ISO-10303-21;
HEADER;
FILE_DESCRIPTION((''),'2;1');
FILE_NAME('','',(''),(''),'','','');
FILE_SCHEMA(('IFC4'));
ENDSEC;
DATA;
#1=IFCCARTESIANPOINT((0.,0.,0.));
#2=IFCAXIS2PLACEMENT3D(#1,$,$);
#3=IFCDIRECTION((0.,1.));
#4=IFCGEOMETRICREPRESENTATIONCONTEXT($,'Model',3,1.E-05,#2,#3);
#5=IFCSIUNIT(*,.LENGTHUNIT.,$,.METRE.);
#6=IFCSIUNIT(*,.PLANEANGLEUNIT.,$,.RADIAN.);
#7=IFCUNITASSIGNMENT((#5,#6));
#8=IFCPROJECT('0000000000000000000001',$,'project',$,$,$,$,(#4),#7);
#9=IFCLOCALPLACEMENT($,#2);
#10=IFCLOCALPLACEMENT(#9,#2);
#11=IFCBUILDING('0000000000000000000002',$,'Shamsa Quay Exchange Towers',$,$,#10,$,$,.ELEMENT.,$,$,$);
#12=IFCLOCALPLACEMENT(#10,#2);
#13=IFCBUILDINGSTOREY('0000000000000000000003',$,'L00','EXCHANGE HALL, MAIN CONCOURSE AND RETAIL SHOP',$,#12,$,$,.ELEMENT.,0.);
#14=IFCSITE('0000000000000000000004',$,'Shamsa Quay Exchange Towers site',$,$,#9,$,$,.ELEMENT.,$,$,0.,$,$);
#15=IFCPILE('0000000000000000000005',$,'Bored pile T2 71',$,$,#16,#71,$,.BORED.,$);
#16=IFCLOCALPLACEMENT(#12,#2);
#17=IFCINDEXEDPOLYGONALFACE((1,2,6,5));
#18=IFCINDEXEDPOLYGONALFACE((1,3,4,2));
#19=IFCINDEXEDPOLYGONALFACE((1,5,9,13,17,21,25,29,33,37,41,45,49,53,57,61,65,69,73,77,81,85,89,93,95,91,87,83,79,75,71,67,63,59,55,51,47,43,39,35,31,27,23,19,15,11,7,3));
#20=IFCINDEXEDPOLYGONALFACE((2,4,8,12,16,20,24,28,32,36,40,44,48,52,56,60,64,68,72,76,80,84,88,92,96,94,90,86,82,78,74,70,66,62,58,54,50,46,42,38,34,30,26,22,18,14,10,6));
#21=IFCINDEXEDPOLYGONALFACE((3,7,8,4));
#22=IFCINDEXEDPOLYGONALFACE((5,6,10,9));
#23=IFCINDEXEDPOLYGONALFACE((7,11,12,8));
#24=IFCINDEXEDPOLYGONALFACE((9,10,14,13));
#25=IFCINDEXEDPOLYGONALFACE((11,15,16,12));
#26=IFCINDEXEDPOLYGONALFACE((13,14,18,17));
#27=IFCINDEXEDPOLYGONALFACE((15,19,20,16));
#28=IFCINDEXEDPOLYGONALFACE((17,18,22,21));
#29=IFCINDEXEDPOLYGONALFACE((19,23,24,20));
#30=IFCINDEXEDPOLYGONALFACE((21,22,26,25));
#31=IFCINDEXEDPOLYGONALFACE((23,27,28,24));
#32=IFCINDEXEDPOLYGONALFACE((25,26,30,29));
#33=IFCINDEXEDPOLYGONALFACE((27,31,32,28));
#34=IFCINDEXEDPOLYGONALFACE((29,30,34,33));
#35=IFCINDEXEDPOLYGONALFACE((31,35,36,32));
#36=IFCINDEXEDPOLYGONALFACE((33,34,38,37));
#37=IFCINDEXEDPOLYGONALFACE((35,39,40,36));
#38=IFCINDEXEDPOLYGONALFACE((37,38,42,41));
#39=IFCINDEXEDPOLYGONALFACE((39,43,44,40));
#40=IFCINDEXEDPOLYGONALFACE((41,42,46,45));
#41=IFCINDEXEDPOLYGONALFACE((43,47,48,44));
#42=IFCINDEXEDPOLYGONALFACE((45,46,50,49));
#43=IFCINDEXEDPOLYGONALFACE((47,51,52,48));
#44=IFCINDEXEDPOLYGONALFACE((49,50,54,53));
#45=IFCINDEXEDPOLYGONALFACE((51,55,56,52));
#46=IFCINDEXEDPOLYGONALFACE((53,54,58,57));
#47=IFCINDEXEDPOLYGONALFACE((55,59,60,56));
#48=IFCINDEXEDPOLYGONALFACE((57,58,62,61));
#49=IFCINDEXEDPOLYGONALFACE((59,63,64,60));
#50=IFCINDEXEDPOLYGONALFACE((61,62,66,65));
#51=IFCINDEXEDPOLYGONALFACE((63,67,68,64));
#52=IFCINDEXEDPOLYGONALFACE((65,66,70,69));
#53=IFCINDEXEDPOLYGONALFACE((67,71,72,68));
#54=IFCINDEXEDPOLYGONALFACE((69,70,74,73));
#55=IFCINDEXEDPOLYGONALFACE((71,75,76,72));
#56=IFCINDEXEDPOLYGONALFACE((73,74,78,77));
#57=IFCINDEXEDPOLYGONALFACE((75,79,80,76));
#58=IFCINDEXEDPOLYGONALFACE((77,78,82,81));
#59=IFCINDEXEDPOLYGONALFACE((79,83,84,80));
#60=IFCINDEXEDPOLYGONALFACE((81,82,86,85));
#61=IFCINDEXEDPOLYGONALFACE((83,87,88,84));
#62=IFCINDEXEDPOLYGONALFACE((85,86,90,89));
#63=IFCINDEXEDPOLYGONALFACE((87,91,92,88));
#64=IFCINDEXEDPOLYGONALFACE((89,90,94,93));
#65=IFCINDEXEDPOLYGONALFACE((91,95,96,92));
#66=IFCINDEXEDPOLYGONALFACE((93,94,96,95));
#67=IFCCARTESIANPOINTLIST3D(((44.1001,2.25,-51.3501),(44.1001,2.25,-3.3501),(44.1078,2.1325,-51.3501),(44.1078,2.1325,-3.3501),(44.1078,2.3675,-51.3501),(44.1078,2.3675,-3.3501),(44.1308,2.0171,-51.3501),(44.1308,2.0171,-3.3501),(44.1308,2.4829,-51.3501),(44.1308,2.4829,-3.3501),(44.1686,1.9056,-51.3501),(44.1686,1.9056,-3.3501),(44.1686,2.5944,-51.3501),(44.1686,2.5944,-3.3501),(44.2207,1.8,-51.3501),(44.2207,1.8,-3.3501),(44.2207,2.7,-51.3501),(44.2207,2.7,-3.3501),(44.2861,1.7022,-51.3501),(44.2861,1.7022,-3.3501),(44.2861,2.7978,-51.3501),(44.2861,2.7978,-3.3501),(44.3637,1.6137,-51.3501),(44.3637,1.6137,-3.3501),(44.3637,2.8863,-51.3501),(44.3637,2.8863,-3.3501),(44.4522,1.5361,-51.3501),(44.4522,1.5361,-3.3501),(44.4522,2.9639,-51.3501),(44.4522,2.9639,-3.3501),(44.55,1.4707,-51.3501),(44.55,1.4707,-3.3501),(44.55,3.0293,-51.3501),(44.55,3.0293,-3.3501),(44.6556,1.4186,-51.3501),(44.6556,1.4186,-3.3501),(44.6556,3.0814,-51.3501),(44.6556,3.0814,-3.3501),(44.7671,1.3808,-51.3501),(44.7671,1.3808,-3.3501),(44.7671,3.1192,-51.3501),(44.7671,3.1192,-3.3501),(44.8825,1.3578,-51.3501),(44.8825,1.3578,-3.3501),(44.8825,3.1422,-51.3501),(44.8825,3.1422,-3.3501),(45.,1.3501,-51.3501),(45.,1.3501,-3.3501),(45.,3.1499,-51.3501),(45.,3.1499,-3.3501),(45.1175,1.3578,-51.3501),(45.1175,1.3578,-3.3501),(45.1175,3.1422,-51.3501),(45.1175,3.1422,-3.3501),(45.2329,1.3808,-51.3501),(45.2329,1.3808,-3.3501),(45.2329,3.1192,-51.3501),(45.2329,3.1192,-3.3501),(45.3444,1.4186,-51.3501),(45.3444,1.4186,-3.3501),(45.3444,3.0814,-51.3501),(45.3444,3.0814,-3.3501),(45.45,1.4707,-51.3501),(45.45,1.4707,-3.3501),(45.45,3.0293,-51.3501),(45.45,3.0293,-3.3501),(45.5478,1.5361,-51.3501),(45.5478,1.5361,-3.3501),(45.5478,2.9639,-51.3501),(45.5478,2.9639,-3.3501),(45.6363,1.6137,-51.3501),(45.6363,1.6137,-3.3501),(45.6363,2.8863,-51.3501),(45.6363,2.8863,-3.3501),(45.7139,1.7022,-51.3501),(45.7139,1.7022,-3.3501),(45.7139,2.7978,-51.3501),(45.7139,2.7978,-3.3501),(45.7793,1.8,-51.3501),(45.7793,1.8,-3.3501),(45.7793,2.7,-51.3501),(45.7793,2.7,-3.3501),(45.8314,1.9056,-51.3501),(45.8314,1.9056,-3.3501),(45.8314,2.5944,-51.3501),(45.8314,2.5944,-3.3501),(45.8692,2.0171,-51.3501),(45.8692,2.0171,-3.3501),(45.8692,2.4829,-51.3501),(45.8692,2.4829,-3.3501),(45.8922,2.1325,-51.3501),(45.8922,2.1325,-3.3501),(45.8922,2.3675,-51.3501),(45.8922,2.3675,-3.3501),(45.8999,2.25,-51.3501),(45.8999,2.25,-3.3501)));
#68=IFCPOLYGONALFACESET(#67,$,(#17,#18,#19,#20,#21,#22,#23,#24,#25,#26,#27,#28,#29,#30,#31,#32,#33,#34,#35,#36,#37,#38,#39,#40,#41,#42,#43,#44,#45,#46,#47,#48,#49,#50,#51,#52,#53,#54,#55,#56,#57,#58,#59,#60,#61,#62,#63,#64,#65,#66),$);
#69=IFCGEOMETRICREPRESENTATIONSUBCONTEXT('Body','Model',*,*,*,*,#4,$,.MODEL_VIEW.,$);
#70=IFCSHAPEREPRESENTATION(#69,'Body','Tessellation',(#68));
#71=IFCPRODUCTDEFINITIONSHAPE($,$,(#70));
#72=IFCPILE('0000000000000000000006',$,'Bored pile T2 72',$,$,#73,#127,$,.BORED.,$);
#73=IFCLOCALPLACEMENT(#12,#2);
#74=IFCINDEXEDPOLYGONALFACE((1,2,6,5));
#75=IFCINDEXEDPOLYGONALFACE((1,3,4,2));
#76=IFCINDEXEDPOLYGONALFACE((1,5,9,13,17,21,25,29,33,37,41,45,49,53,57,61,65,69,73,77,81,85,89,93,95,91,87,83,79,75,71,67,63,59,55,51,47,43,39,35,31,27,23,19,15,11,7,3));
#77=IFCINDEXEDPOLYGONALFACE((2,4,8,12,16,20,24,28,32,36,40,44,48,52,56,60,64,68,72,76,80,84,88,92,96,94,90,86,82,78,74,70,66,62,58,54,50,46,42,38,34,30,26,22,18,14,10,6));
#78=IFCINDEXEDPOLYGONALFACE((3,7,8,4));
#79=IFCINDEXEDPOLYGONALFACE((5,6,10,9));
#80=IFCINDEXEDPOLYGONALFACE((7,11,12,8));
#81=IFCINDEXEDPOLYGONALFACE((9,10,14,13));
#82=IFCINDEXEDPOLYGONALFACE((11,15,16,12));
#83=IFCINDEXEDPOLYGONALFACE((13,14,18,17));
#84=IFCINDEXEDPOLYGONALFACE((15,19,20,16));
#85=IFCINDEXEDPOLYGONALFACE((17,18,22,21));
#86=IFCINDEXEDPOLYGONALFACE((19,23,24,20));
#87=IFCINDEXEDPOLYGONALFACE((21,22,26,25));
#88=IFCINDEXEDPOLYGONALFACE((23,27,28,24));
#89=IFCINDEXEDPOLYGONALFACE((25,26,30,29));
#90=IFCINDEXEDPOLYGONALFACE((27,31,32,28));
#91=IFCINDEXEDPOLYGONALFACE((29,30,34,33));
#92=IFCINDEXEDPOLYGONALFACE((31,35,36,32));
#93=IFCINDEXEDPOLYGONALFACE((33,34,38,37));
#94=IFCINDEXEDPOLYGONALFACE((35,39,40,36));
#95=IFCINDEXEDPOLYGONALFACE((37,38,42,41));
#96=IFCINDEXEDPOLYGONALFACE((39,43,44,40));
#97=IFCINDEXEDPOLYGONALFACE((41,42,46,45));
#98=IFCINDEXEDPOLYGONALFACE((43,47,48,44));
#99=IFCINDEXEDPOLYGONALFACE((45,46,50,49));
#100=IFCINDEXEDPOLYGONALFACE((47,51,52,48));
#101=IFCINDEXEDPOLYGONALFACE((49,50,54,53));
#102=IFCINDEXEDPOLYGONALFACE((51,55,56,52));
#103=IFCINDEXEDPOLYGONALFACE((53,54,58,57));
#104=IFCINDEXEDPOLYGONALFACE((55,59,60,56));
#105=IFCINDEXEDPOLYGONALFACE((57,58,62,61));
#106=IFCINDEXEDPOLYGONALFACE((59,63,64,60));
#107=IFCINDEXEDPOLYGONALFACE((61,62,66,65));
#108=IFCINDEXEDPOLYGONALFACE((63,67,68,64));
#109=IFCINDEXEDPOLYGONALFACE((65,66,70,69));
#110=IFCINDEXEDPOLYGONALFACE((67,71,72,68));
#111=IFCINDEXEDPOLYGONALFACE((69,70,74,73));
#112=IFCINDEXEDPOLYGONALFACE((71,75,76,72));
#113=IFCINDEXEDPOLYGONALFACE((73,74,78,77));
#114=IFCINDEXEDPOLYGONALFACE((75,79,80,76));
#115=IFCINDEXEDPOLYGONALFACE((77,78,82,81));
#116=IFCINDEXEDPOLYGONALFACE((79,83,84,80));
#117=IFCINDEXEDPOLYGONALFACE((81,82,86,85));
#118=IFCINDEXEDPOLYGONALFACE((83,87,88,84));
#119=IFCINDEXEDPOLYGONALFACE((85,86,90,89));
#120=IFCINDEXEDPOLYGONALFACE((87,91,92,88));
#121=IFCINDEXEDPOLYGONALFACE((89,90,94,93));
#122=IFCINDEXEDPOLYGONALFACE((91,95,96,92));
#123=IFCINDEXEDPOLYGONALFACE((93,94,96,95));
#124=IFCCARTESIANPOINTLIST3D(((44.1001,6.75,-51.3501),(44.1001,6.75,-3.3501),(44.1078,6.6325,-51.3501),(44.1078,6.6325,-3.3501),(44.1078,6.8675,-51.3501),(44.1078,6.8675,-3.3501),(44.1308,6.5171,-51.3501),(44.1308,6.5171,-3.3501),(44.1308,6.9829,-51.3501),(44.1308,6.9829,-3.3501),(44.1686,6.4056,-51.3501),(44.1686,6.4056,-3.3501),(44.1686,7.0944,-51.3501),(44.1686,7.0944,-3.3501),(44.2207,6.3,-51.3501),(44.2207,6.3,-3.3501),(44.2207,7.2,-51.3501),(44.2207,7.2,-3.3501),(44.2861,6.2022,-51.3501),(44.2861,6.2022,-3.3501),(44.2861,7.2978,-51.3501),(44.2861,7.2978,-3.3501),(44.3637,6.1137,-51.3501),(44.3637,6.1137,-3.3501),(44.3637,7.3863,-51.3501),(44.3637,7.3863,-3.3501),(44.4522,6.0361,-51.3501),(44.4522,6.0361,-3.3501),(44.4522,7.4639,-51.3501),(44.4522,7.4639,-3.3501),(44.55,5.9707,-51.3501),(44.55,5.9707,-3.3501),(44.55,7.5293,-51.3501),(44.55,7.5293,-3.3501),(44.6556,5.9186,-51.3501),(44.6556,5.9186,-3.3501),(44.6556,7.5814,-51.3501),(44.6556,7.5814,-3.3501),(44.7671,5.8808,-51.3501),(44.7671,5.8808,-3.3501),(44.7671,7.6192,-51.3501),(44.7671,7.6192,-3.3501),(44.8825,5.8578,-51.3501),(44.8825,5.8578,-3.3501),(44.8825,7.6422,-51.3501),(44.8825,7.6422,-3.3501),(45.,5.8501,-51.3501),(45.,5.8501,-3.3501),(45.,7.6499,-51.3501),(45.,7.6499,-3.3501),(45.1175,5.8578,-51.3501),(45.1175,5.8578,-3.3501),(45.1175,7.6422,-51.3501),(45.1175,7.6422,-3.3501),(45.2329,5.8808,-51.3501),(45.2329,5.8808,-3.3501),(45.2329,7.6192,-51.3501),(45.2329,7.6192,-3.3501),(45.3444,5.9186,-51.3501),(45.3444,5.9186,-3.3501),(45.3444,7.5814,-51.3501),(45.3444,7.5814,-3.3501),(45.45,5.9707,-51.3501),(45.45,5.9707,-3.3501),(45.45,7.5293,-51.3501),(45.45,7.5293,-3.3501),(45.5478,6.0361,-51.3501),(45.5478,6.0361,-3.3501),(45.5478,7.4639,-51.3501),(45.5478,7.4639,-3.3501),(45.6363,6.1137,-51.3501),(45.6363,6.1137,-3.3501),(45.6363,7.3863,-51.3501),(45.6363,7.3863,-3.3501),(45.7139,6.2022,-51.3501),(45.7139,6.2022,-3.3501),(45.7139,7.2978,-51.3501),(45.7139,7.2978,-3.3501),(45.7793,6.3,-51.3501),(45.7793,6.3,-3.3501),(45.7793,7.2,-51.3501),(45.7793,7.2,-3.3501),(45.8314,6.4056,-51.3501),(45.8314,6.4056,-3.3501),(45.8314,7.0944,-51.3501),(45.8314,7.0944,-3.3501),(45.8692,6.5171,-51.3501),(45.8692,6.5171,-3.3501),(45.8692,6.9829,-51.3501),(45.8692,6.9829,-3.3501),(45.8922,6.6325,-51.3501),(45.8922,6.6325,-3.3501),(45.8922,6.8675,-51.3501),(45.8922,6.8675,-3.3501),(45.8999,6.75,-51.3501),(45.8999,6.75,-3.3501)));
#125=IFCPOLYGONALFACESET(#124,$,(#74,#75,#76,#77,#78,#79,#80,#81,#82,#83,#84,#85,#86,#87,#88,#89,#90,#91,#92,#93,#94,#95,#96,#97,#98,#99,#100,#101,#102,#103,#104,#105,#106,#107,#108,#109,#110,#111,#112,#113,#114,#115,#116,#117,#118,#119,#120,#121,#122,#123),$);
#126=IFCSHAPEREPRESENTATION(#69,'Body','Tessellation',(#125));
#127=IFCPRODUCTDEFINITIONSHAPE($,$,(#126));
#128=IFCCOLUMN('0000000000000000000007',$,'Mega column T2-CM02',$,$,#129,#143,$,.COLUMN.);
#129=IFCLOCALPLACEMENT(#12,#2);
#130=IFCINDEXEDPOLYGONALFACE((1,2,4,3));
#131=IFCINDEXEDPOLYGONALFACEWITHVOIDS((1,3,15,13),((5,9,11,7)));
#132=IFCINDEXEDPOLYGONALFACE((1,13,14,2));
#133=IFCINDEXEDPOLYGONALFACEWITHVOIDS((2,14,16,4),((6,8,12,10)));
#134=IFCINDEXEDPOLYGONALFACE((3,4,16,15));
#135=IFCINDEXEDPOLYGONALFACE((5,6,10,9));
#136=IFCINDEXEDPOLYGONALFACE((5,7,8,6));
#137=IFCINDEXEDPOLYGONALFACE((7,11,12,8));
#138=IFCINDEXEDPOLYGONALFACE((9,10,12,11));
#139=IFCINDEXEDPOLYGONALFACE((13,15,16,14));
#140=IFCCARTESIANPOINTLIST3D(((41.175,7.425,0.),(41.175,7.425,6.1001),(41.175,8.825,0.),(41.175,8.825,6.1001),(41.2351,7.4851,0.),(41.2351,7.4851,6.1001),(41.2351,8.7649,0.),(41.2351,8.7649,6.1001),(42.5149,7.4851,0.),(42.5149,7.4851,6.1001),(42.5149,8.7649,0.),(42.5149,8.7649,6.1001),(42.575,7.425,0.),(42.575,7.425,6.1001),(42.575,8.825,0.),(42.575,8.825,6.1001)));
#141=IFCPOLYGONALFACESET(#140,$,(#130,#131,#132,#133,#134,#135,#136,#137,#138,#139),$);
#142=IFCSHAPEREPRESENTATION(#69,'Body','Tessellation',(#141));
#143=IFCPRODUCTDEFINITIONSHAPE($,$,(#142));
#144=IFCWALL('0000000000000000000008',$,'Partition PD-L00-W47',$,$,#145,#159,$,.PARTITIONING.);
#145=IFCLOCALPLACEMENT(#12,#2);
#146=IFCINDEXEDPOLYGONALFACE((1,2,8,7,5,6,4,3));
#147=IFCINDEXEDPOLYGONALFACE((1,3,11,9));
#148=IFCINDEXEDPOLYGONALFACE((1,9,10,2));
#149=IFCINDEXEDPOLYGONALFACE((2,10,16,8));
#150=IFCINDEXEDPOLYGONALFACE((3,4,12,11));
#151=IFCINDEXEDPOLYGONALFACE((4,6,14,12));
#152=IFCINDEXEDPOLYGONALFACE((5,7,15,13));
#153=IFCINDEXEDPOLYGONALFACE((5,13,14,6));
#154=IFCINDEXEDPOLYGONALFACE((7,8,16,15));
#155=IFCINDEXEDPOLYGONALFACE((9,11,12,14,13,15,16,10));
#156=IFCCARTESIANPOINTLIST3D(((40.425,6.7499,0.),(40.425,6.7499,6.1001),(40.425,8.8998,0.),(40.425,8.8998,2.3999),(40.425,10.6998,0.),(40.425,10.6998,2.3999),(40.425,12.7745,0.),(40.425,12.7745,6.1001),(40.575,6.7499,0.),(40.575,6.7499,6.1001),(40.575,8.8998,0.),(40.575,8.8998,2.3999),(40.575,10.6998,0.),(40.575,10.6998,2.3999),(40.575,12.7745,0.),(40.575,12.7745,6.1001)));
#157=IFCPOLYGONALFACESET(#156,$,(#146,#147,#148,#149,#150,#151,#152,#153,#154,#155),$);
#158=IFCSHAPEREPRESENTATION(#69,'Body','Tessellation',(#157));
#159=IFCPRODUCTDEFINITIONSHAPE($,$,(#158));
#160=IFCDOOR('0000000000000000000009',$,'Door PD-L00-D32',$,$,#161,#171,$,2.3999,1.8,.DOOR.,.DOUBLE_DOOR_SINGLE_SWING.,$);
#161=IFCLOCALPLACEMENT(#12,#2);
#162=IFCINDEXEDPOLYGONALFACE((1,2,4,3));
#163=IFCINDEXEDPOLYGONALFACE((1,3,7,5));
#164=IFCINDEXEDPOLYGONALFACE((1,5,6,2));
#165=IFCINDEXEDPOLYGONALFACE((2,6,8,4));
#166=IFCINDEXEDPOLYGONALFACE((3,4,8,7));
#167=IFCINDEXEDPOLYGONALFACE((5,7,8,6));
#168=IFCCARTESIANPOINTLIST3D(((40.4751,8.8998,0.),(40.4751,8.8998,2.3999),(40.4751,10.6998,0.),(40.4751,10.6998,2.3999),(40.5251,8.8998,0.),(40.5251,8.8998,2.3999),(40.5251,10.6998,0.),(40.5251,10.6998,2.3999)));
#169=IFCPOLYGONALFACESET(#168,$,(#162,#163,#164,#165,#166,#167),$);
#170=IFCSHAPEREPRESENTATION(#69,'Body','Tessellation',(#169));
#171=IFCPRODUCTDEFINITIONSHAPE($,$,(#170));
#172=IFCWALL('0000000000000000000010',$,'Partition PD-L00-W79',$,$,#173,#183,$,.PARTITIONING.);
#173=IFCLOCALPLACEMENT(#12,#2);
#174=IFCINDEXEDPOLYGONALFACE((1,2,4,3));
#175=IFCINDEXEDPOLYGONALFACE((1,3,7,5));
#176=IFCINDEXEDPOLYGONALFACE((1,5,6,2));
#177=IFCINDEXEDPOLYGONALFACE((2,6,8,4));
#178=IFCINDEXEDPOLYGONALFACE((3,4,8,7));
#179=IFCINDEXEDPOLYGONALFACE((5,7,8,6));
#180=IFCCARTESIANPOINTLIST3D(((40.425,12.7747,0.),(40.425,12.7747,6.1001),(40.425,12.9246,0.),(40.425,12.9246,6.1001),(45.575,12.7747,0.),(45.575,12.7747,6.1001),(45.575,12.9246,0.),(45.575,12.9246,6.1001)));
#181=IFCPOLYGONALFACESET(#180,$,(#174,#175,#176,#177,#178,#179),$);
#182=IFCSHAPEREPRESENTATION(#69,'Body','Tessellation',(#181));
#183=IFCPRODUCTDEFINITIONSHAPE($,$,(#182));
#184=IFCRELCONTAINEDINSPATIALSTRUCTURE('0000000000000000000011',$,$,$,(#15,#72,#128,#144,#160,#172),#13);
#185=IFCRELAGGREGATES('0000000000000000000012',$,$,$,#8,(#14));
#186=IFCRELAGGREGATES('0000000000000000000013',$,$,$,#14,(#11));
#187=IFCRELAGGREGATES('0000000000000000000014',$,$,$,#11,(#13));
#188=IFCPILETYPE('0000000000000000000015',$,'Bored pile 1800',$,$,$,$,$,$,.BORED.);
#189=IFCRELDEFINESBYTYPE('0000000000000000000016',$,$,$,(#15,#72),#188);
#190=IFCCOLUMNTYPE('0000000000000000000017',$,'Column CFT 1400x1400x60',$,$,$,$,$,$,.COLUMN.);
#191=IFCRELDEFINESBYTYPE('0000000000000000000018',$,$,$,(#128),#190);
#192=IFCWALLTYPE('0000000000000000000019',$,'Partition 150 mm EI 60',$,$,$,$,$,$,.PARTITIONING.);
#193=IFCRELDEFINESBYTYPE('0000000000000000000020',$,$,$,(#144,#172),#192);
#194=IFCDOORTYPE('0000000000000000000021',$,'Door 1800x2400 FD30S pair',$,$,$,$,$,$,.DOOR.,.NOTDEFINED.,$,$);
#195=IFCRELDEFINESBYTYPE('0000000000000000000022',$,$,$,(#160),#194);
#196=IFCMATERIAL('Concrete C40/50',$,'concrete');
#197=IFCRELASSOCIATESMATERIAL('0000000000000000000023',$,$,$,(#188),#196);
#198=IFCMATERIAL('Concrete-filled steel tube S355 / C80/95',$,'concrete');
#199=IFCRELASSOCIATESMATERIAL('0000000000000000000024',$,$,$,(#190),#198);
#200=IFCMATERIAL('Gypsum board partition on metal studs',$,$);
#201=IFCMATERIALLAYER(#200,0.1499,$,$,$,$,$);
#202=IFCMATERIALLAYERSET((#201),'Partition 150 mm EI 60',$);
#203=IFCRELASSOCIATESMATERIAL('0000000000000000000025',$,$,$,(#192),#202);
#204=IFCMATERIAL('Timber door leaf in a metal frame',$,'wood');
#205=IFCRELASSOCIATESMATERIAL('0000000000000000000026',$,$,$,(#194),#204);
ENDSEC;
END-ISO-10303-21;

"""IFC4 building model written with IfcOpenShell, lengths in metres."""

from ifc_helpers import new_model, si_unit, direction, frame, frame_2d, origin, origin_2d, place, context, subcontext, project, spatial, rectangle, hollow_rectangle, circle, extrude, material, layer, layer_set, material_profile, profile_set, type_object, element, fill, save


model = new_model("IFC4")

# Units and contexts
model_context = context("Model", 3, precision=1e-05, world=origin(), true_north=direction((0.0, 1.0)))
body_context = subcontext(model_context, "Body", "Model", "MODEL_VIEW")
ifc_project = project(units=[si_unit("LENGTHUNIT", "METRE"), si_unit("PLANEANGLEUNIT", "RADIAN")], contexts=[model_context])

# Site, building, storey
site_placement = place(None, origin())
site = spatial("IfcSite", under=ifc_project, at=site_placement, Name="Shamsa Quay Exchange Towers site", CompositionType="ELEMENT", RefElevation=0.0)
building_placement = place(site_placement, origin())
building = spatial("IfcBuilding", under=site, at=building_placement, Name="Shamsa Quay Exchange Towers", CompositionType="ELEMENT")
storey_placement = place(building_placement, origin())
storey = spatial("IfcBuildingStorey", under=building, at=storey_placement, Name="L00", Description="EXCHANGE HALL, MAIN CONCOURSE AND RETAIL SHOP", CompositionType="ELEMENT", Elevation=0.0)

# Piles
ifc_material_1 = material(Name="Concrete C40/50", Category="concrete")
ifc_material_profile_1 = material_profile(ifc_material_1, circle(Radius=0.8999, at=origin_2d()), Name="BP1800")
ifc_profile_set_1 = profile_set([ifc_material_profile_1], Name="Concrete C40/50")
pile_type_1 = type_object("IfcPileType", Name="Bored pile 1800", PredefinedType="BORED", material=ifc_profile_set_1)
for number, where, z_axis, x_axis, name in (
    (1, (45.0, 2.25, -3.3501), (0.0, 0.0, -1.0), (1.0, 0.0, 0.0), "Bored pile T2 71"),
    (2, (45.0, 6.75, -3.3501), (0.0, 0.0, -1.0), (1.0, 0.0, 0.0), "Bored pile T2 72"),
):
    element("IfcPile", number, at=place(storey_placement, frame(where, z_axis=z_axis, x_axis=x_axis)), inside=storey, type_object=pile_type_1, Name=name, PredefinedType="BORED", context=body_context, shape_type="SweptSolid", body=[
        extrude(circle(Radius=0.8999, at=origin_2d()), origin(), (0.0, 0.0, 1.0), 48.0),
    ])

# Column
ifc_material_2 = material(Name="Concrete-filled steel tube S355 / C80/95", Category="concrete")
ifc_material_profile_2 = material_profile(ifc_material_2, hollow_rectangle(XDim=1.3999, YDim=1.3999, WallThickness=0.0601, at=origin_2d()), Name="CFT 1400x1400x60")
ifc_profile_set_2 = profile_set([ifc_material_profile_2], Name="Concrete-filled steel tube S355 / C80/95")
column_type = type_object("IfcColumnType", Name="Column CFT 1400x1400x60", PredefinedType="COLUMN", material=ifc_profile_set_2)
column_placement = place(storey_placement, frame((41.875, 8.125, 0.0)))
element("IfcColumn", 3, at=column_placement, inside=storey, type_object=column_type, Name="Mega column T2-CM02", PredefinedType="COLUMN", context=body_context, shape_type="SweptSolid", body=[
    extrude(hollow_rectangle(XDim=1.3999, YDim=1.3999, WallThickness=0.0601, at=origin_2d()), origin(), (0.0, 0.0, 1.0), 6.1001),
])

# Wall, opening, door
ifc_material_3 = material(Name="Gypsum board partition on metal studs")
ifc_layer_1 = layer(ifc_material_3, 0.1499)
ifc_layer_set_1 = layer_set([ifc_layer_1], Name="Partition 150 mm EI 60")
wall_type_1 = type_object("IfcWallType", Name="Partition 150 mm EI 60", PredefinedType="PARTITIONING", material=ifc_layer_set_1)
wall_1_placement = place(storey_placement, frame((40.5, 6.75, 0.0), z_axis=(0.0, 0.0, 1.0), x_axis=(0.0, 1.0, 0.0)))
wall_1 = element("IfcWall", 4, at=wall_1_placement, inside=storey, type_object=wall_type_1, Name="Partition PD-L00-W47", PredefinedType="PARTITIONING", context=body_context, shape_type="SweptSolid", body=[
    extrude(rectangle(XDim=6.0247, YDim=0.1499, at=frame_2d((3.0122, 0.0))), origin(), (0.0, 0.0, 1.0), 6.1001),
])
opening_placement = place(wall_1_placement, frame((2.1499, 0.0, 0.0)))
opening = element("IfcOpeningElement", 5, at=opening_placement, cuts=wall_1, PredefinedType="OPENING", context=body_context, shape_type="SweptSolid", body=[
    extrude(rectangle(XDim=1.8, YDim=2.3999, at=frame_2d((0.8999, 1.2))), frame((0.0, 0.085, 0.0), z_axis=(0.0, -1.0, 0.0), x_axis=(1.0, 0.0, 0.0)), (0.0, 0.0, 1.0), 0.1699),
])
ifc_material_4 = material(Name="Timber door leaf in a metal frame", Category="wood")
door_type = type_object("IfcDoorType", Name="Door 1800x2400 FD30S pair", OperationType="NOTDEFINED", PredefinedType="DOOR", material=ifc_material_4)
door_placement = place(opening_placement, origin())
door = element("IfcDoor", 6, at=door_placement, inside=storey, type_object=door_type, Name="Door PD-L00-D32", OperationType="DOUBLE_DOOR_SINGLE_SWING", OverallHeight=2.3999, OverallWidth=1.8, PredefinedType="DOOR", context=body_context, shape_type="SweptSolid", body=[
    extrude(rectangle(XDim=1.8, YDim=2.3999, at=frame_2d((0.8999, 1.2))), frame((0.0, 0.0249, 0.0), z_axis=(0.0, -1.0, 0.0), x_axis=(1.0, 0.0, 0.0)), (0.0, 0.0, 1.0), 0.05),
])
fill(opening, door)

# Wall
wall_2_placement = place(storey_placement, frame((40.425, 12.8496, 0.0)))
element("IfcWall", 7, at=wall_2_placement, inside=storey, type_object=wall_type_1, Name="Partition PD-L00-W79", PredefinedType="PARTITIONING", context=body_context, shape_type="SweptSolid", body=[
    extrude(rectangle(XDim=5.1499, YDim=0.1499, at=frame_2d((2.575, 0.0))), origin(), (0.0, 0.0, 1.0), 6.1001),
])

save(model, "model.ifc")
